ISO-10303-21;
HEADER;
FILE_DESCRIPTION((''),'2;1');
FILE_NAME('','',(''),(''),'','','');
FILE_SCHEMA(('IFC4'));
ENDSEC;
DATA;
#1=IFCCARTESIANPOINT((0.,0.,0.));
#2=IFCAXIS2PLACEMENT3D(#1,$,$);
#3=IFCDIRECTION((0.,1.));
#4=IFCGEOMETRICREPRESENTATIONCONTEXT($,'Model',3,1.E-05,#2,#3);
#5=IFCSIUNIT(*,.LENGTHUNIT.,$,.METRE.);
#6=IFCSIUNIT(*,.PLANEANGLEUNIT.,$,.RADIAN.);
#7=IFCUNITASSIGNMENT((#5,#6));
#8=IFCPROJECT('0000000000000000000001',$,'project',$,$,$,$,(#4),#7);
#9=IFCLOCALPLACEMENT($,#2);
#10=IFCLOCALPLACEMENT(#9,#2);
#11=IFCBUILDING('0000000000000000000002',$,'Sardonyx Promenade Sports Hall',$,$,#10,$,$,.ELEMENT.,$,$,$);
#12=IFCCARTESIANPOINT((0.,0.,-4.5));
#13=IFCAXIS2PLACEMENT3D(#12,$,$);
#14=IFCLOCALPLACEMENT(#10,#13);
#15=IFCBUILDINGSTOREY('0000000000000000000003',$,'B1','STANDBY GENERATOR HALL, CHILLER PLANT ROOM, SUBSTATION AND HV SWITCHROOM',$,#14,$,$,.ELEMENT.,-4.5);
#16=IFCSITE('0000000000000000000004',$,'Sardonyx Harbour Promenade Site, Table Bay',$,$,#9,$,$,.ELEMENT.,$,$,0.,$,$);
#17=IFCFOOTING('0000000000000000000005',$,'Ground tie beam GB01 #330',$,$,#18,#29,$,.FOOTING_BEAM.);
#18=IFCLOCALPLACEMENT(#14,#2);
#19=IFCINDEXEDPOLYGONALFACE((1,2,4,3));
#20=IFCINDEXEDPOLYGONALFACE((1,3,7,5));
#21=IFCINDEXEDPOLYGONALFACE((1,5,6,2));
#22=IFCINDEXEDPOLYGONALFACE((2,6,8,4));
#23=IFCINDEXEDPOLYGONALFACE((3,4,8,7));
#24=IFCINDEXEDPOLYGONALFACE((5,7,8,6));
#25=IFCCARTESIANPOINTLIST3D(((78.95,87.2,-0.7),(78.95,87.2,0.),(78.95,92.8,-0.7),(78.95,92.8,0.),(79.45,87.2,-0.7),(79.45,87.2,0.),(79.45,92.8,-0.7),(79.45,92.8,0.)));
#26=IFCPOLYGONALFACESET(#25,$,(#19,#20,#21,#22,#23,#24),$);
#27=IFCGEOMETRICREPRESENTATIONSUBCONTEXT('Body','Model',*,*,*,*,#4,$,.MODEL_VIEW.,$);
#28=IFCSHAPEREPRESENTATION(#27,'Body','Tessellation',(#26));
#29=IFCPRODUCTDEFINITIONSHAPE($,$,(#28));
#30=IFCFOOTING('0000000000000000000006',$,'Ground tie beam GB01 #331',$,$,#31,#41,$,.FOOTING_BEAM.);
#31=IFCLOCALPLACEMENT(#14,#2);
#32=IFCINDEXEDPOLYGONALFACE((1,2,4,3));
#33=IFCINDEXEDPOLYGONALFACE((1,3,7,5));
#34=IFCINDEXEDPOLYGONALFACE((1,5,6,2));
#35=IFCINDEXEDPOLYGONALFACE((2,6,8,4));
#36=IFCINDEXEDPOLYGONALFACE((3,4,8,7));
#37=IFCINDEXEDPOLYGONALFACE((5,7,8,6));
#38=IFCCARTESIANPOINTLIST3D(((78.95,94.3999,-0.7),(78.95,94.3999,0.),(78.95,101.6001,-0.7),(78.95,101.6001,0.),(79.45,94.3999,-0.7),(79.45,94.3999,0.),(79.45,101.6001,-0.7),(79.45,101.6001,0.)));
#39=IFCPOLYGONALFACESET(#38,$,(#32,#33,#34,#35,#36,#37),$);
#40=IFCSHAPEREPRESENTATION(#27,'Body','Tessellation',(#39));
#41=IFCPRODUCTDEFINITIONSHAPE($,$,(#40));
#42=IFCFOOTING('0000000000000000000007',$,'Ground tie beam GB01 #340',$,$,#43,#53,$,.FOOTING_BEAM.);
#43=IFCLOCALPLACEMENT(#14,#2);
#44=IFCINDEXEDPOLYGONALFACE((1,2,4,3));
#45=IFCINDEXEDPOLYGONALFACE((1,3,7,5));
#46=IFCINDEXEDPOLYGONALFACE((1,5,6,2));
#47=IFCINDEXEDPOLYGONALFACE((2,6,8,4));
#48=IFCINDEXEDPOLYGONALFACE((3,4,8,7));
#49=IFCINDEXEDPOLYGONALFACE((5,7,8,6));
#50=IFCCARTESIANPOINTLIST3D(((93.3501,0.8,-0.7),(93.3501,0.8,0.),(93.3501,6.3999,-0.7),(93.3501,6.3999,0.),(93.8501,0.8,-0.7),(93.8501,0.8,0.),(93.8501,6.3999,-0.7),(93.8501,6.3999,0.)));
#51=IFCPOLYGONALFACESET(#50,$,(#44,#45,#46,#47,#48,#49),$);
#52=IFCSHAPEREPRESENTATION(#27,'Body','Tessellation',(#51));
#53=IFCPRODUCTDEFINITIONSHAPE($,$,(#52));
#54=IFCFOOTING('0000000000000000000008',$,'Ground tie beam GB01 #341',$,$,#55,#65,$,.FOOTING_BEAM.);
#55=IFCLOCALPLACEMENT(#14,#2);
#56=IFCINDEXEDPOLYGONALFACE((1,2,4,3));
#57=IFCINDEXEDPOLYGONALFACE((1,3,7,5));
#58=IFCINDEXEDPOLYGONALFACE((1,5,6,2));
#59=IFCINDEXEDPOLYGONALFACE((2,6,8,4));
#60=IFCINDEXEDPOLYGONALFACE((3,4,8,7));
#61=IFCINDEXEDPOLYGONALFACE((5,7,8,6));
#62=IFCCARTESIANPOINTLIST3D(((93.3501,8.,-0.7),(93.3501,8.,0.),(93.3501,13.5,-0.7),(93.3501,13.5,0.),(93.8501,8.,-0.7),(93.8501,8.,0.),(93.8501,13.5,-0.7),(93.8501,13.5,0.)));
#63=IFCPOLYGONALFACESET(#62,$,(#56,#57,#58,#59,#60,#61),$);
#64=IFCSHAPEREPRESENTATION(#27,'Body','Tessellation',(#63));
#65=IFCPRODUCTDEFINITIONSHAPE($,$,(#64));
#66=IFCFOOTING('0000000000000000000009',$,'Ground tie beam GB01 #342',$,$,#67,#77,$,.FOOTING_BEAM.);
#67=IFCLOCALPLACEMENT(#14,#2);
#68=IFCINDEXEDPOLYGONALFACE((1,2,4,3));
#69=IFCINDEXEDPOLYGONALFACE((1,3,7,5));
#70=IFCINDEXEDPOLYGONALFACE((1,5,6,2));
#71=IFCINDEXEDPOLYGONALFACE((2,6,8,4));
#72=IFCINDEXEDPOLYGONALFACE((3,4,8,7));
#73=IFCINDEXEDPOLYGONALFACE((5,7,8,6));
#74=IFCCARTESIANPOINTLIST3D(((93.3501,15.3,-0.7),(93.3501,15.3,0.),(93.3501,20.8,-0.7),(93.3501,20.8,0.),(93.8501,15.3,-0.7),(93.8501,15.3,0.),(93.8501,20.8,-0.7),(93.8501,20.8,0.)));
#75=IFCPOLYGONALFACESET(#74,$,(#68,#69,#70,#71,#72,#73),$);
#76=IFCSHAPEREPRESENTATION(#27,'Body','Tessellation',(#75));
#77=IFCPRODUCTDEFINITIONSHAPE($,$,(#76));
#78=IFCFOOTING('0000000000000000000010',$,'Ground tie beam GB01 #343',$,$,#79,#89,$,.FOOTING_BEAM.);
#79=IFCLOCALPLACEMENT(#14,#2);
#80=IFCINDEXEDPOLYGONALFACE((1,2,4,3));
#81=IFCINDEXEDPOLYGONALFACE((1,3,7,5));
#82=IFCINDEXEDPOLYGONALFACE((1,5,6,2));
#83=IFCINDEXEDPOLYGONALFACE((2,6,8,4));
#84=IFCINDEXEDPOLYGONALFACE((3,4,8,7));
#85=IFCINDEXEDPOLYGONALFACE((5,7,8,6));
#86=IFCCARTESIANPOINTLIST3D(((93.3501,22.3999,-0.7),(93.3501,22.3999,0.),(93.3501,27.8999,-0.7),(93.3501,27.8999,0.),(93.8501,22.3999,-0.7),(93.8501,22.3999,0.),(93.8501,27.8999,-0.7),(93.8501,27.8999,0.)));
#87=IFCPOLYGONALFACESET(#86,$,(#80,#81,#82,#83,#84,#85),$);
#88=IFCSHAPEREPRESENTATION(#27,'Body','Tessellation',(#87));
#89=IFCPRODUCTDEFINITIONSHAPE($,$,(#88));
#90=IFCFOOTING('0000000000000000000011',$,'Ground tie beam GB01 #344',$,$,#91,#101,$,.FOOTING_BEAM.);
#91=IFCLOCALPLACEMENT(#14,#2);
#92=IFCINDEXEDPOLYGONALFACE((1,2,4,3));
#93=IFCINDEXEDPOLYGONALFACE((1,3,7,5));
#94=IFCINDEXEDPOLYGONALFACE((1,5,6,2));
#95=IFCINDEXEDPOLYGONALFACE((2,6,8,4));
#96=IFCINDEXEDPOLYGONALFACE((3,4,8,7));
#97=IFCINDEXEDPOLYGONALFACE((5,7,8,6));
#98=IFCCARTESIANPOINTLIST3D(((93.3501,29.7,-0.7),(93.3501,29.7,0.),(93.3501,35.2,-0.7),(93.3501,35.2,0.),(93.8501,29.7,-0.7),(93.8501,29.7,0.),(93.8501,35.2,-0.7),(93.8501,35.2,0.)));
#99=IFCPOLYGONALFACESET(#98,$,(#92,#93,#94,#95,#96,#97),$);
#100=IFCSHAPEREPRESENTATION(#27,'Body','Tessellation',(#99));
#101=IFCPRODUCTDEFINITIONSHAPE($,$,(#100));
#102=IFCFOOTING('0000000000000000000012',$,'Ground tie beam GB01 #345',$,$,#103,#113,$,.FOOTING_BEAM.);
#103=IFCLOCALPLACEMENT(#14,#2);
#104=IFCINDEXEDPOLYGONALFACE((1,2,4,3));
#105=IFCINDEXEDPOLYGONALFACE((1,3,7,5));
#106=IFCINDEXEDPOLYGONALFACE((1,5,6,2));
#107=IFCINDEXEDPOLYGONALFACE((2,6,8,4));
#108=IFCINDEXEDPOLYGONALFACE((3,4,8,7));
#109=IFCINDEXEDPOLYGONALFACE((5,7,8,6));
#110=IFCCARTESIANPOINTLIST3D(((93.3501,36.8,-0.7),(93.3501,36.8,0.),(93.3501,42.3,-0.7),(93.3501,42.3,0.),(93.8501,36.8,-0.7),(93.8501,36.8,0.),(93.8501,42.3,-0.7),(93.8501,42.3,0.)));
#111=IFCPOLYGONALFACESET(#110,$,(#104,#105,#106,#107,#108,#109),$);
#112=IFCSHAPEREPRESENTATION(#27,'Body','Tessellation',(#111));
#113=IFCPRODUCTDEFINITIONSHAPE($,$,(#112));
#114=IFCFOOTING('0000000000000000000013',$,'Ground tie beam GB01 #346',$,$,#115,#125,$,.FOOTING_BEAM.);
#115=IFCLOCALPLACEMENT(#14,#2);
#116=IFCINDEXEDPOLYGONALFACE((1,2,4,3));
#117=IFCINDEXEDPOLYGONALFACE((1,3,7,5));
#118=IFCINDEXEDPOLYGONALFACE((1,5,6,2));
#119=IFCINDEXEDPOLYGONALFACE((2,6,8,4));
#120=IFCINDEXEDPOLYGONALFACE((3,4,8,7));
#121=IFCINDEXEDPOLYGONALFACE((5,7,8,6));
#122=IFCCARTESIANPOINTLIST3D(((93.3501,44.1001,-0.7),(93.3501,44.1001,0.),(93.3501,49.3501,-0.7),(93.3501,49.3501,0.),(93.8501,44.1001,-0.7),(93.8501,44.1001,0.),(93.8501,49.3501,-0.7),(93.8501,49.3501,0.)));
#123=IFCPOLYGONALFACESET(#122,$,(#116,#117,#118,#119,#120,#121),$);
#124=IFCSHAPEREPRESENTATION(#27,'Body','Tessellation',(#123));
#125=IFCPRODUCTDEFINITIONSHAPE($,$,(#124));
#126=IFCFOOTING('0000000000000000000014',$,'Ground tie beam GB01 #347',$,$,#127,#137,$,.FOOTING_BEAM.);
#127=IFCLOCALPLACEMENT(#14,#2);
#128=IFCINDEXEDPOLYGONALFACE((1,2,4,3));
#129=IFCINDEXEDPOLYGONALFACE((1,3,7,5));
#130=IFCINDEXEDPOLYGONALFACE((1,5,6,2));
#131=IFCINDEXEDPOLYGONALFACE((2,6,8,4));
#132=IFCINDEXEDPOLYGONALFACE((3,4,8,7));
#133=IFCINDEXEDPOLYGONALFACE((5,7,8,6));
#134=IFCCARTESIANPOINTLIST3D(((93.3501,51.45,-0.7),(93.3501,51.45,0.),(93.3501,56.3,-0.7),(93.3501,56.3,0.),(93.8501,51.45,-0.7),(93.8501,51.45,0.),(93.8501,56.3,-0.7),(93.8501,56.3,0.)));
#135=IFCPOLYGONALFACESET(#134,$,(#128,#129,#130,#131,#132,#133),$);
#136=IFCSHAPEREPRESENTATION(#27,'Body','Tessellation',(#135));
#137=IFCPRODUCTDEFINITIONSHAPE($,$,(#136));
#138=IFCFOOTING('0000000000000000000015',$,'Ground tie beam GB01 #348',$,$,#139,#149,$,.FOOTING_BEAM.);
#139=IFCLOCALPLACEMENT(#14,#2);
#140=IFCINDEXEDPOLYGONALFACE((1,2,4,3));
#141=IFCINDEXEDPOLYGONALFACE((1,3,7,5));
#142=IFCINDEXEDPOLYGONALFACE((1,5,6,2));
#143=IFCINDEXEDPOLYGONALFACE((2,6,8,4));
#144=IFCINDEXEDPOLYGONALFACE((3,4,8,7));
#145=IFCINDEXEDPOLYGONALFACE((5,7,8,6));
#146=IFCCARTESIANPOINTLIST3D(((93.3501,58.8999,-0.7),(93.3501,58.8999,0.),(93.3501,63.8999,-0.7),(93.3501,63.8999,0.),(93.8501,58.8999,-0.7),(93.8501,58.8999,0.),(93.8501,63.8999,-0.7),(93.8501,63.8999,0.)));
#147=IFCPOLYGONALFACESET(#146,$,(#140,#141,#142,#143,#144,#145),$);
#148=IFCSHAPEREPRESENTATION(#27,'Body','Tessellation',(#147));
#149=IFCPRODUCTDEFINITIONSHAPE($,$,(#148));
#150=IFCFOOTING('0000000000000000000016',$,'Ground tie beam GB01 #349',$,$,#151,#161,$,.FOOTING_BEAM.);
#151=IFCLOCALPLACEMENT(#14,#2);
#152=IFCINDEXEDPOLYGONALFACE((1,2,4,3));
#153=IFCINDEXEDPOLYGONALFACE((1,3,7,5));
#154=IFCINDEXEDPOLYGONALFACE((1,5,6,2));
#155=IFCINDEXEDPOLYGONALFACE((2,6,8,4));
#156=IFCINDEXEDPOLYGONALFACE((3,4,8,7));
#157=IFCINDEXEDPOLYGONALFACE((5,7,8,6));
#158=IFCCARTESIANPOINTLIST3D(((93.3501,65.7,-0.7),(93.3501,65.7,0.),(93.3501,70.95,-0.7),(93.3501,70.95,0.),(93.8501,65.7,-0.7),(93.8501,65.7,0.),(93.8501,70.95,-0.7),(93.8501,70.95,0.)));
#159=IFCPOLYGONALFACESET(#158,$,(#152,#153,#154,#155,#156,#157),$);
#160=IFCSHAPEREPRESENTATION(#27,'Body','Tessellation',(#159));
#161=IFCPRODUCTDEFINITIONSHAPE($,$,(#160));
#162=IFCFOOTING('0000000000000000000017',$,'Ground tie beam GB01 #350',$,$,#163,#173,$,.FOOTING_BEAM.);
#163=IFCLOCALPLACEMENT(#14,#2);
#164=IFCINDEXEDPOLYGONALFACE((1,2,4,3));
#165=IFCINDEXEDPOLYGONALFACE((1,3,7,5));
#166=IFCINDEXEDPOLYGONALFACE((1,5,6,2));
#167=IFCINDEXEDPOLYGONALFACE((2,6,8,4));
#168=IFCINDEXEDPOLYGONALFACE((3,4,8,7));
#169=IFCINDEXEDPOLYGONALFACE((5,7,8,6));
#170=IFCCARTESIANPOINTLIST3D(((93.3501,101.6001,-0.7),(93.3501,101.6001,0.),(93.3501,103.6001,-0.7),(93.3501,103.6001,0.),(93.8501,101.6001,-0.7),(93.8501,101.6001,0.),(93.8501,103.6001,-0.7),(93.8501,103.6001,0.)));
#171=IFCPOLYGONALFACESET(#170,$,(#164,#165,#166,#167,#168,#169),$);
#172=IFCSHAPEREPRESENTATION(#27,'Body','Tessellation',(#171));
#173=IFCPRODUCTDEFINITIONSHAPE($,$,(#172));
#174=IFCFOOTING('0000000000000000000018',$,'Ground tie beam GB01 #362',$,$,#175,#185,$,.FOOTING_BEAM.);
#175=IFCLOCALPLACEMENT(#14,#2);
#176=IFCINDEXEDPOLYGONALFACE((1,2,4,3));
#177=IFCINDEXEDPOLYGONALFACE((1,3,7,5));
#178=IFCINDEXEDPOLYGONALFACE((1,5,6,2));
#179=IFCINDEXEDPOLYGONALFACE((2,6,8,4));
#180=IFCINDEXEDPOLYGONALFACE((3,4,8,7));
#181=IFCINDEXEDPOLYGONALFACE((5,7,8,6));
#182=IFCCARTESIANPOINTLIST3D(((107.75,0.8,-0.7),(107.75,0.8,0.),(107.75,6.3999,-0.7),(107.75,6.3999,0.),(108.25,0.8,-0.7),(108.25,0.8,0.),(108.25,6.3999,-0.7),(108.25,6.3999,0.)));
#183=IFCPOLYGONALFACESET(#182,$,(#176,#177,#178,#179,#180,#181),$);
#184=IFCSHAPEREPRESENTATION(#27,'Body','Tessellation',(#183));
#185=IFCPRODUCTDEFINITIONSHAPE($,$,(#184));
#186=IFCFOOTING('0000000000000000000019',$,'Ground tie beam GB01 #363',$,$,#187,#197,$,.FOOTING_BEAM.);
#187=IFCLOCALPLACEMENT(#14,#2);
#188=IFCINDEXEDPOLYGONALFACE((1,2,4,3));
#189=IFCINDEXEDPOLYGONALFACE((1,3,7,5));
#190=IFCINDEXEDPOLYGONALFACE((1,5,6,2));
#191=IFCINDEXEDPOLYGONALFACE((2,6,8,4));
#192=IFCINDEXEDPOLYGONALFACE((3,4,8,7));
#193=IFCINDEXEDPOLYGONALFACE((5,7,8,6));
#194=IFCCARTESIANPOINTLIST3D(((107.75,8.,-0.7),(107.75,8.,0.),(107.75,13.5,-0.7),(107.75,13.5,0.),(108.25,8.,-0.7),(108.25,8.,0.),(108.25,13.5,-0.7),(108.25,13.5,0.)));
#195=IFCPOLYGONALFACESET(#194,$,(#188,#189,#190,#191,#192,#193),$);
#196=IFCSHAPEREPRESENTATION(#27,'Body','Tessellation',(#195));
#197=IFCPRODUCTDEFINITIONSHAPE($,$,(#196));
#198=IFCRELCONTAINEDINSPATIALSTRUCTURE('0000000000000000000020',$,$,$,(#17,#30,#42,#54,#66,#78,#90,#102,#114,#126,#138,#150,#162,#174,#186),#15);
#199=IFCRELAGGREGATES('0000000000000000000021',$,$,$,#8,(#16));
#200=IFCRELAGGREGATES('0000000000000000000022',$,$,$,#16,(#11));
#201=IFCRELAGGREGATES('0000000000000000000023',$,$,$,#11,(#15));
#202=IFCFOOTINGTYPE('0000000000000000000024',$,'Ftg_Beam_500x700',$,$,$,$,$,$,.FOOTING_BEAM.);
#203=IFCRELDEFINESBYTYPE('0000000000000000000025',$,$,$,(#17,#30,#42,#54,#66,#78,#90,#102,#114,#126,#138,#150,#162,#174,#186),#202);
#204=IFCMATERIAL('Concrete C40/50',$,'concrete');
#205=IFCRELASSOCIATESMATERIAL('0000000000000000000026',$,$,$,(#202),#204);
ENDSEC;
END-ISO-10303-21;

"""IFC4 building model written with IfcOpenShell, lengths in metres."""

from ifc_helpers import new_model, si_unit, direction, frame, origin, place, context, subcontext, project, spatial, polyline, outline, extrude, material, type_object, element, save


model = new_model("IFC4")

# Units and contexts
model_context = context("Model", 3, precision=1e-05, world=origin(), true_north=direction((0.0, 1.0)))
body_context = subcontext(model_context, "Body", "Model", "MODEL_VIEW")
ifc_project = project(units=[si_unit("LENGTHUNIT", "METRE"), si_unit("PLANEANGLEUNIT", "RADIAN")], contexts=[model_context])

# Site, building, storey
site_placement = place(None, origin())
site = spatial("IfcSite", under=ifc_project, at=site_placement, Name="Sardonyx Harbour Promenade Site, Table Bay", CompositionType="ELEMENT", RefElevation=0.0)
building_placement = place(site_placement, origin())
building = spatial("IfcBuilding", under=site, at=building_placement, Name="Sardonyx Promenade Sports Hall", CompositionType="ELEMENT")
storey_placement = place(building_placement, frame((0.0, 0.0, -4.5)))
storey = spatial("IfcBuildingStorey", under=building, at=storey_placement, Name="B1", Description="STANDBY GENERATOR HALL, CHILLER PLANT ROOM, SUBSTATION AND HV SWITCHROOM", CompositionType="ELEMENT", Elevation=-4.5)

# Footings
ifc_material = material(Name="Concrete C40/50", Category="concrete")
footing_type = type_object("IfcFootingType", Name="Ftg_Beam_500x700", PredefinedType="FOOTING_BEAM", material=ifc_material)
footing_1_placement = place(storey_placement, frame((0.0, 0.0, -0.7)))
element("IfcFooting", 1, at=footing_1_placement, inside=storey, type_object=footing_type, Name="Ground tie beam GB01 #330", PredefinedType="FOOTING_BEAM", context=body_context, shape_type="SweptSolid", body=[
    extrude(outline(polyline([(78.95, 87.2), (79.45, 87.2), (79.45, 92.8), (78.95, 92.8), (78.95, 87.2)])), origin(), (0.0, 0.0, 1.0), 0.7),
])
footing_2_placement = place(storey_placement, frame((0.0, 0.0, -0.7)))
element("IfcFooting", 2, at=footing_2_placement, inside=storey, type_object=footing_type, Name="Ground tie beam GB01 #331", PredefinedType="FOOTING_BEAM", context=body_context, shape_type="SweptSolid", body=[
    extrude(outline(polyline([(78.95, 94.3999), (79.45, 94.3999), (79.45, 101.6001), (78.95, 101.6001), (78.95, 94.3999)])), origin(), (0.0, 0.0, 1.0), 0.7),
])
footing_3_placement = place(storey_placement, frame((0.0, 0.0, -0.7)))
element("IfcFooting", 3, at=footing_3_placement, inside=storey, type_object=footing_type, Name="Ground tie beam GB01 #340", PredefinedType="FOOTING_BEAM", context=body_context, shape_type="SweptSolid", body=[
    extrude(outline(polyline([(93.3501, 0.8), (93.8501, 0.8), (93.8501, 6.3999), (93.3501, 6.3999), (93.3501, 0.8)])), origin(), (0.0, 0.0, 1.0), 0.7),
])
footing_4_placement = place(storey_placement, frame((0.0, 0.0, -0.7)))
element("IfcFooting", 4, at=footing_4_placement, inside=storey, type_object=footing_type, Name="Ground tie beam GB01 #341", PredefinedType="FOOTING_BEAM", context=body_context, shape_type="SweptSolid", body=[
    extrude(outline(polyline([(93.3501, 8.0), (93.8501, 8.0), (93.8501, 13.5), (93.3501, 13.5), (93.3501, 8.0)])), origin(), (0.0, 0.0, 1.0), 0.7),
])
footing_5_placement = place(storey_placement, frame((0.0, 0.0, -0.7)))
element("IfcFooting", 5, at=footing_5_placement, inside=storey, type_object=footing_type, Name="Ground tie beam GB01 #342", PredefinedType="FOOTING_BEAM", context=body_context, shape_type="SweptSolid", body=[
    extrude(outline(polyline([(93.3501, 15.3), (93.8501, 15.3), (93.8501, 20.8), (93.3501, 20.8), (93.3501, 15.3)])), origin(), (0.0, 0.0, 1.0), 0.7),
])
footing_6_placement = place(storey_placement, frame((0.0, 0.0, -0.7)))
element("IfcFooting", 6, at=footing_6_placement, inside=storey, type_object=footing_type, Name="Ground tie beam GB01 #343", PredefinedType="FOOTING_BEAM", context=body_context, shape_type="SweptSolid", body=[
    extrude(outline(polyline([(93.3501, 22.3999), (93.8501, 22.3999), (93.8501, 27.8999), (93.3501, 27.8999), (93.3501, 22.3999)])), origin(), (0.0, 0.0, 1.0), 0.7),
])
footing_7_placement = place(storey_placement, frame((0.0, 0.0, -0.7)))
element("IfcFooting", 7, at=footing_7_placement, inside=storey, type_object=footing_type, Name="Ground tie beam GB01 #344", PredefinedType="FOOTING_BEAM", context=body_context, shape_type="SweptSolid", body=[
    extrude(outline(polyline([(93.3501, 29.7), (93.8501, 29.7), (93.8501, 35.2), (93.3501, 35.2), (93.3501, 29.7)])), origin(), (0.0, 0.0, 1.0), 0.7),
])
footing_8_placement = place(storey_placement, frame((0.0, 0.0, -0.7)))
element("IfcFooting", 8, at=footing_8_placement, inside=storey, type_object=footing_type, Name="Ground tie beam GB01 #345", PredefinedType="FOOTING_BEAM", context=body_context, shape_type="SweptSolid", body=[
    extrude(outline(polyline([(93.3501, 36.8), (93.8501, 36.8), (93.8501, 42.3), (93.3501, 42.3), (93.3501, 36.8)])), origin(), (0.0, 0.0, 1.0), 0.7),
])
footing_9_placement = place(storey_placement, frame((0.0, 0.0, -0.7)))
element("IfcFooting", 9, at=footing_9_placement, inside=storey, type_object=footing_type, Name="Ground tie beam GB01 #346", PredefinedType="FOOTING_BEAM", context=body_context, shape_type="SweptSolid", body=[
    extrude(outline(polyline([(93.3501, 44.1001), (93.8501, 44.1001), (93.8501, 49.3501), (93.3501, 49.3501), (93.3501, 44.1001)])), origin(), (0.0, 0.0, 1.0), 0.7),
])
footing_10_placement = place(storey_placement, frame((0.0, 0.0, -0.7)))
element("IfcFooting", 10, at=footing_10_placement, inside=storey, type_object=footing_type, Name="Ground tie beam GB01 #347", PredefinedType="FOOTING_BEAM", context=body_context, shape_type="SweptSolid", body=[
    extrude(outline(polyline([(93.3501, 51.45), (93.8501, 51.45), (93.8501, 56.3), (93.3501, 56.3), (93.3501, 51.45)])), origin(), (0.0, 0.0, 1.0), 0.7),
])
footing_11_placement = place(storey_placement, frame((0.0, 0.0, -0.7)))
element("IfcFooting", 11, at=footing_11_placement, inside=storey, type_object=footing_type, Name="Ground tie beam GB01 #348", PredefinedType="FOOTING_BEAM", context=body_context, shape_type="SweptSolid", body=[
    extrude(outline(polyline([(93.3501, 58.8999), (93.8501, 58.8999), (93.8501, 63.8999), (93.3501, 63.8999), (93.3501, 58.8999)])), origin(), (0.0, 0.0, 1.0), 0.7),
])
footing_12_placement = place(storey_placement, frame((0.0, 0.0, -0.7)))
element("IfcFooting", 12, at=footing_12_placement, inside=storey, type_object=footing_type, Name="Ground tie beam GB01 #349", PredefinedType="FOOTING_BEAM", context=body_context, shape_type="SweptSolid", body=[
    extrude(outline(polyline([(93.3501, 65.7), (93.8501, 65.7), (93.8501, 70.95), (93.3501, 70.95), (93.3501, 65.7)])), origin(), (0.0, 0.0, 1.0), 0.7),
])
footing_13_placement = place(storey_placement, frame((0.0, 0.0, -0.7)))
element("IfcFooting", 13, at=footing_13_placement, inside=storey, type_object=footing_type, Name="Ground tie beam GB01 #350", PredefinedType="FOOTING_BEAM", context=body_context, shape_type="SweptSolid", body=[
    extrude(outline(polyline([(93.3501, 101.6001), (93.8501, 101.6001), (93.8501, 103.6001), (93.3501, 103.6001), (93.3501, 101.6001)])), origin(), (0.0, 0.0, 1.0), 0.7),
])
footing_14_placement = place(storey_placement, frame((0.0, 0.0, -0.7)))
element("IfcFooting", 14, at=footing_14_placement, inside=storey, type_object=footing_type, Name="Ground tie beam GB01 #362", PredefinedType="FOOTING_BEAM", context=body_context, shape_type="SweptSolid", body=[
    extrude(outline(polyline([(107.75, 0.8), (108.25, 0.8), (108.25, 6.3999), (107.75, 6.3999), (107.75, 0.8)])), origin(), (0.0, 0.0, 1.0), 0.7),
])
footing_15_placement = place(storey_placement, frame((0.0, 0.0, -0.7)))
element("IfcFooting", 15, at=footing_15_placement, inside=storey, type_object=footing_type, Name="Ground tie beam GB01 #363", PredefinedType="FOOTING_BEAM", context=body_context, shape_type="SweptSolid", body=[
    extrude(outline(polyline([(107.75, 8.0), (108.25, 8.0), (108.25, 13.5), (107.75, 13.5), (107.75, 8.0)])), origin(), (0.0, 0.0, 1.0), 0.7),
])

save(model, "model.ifc")
